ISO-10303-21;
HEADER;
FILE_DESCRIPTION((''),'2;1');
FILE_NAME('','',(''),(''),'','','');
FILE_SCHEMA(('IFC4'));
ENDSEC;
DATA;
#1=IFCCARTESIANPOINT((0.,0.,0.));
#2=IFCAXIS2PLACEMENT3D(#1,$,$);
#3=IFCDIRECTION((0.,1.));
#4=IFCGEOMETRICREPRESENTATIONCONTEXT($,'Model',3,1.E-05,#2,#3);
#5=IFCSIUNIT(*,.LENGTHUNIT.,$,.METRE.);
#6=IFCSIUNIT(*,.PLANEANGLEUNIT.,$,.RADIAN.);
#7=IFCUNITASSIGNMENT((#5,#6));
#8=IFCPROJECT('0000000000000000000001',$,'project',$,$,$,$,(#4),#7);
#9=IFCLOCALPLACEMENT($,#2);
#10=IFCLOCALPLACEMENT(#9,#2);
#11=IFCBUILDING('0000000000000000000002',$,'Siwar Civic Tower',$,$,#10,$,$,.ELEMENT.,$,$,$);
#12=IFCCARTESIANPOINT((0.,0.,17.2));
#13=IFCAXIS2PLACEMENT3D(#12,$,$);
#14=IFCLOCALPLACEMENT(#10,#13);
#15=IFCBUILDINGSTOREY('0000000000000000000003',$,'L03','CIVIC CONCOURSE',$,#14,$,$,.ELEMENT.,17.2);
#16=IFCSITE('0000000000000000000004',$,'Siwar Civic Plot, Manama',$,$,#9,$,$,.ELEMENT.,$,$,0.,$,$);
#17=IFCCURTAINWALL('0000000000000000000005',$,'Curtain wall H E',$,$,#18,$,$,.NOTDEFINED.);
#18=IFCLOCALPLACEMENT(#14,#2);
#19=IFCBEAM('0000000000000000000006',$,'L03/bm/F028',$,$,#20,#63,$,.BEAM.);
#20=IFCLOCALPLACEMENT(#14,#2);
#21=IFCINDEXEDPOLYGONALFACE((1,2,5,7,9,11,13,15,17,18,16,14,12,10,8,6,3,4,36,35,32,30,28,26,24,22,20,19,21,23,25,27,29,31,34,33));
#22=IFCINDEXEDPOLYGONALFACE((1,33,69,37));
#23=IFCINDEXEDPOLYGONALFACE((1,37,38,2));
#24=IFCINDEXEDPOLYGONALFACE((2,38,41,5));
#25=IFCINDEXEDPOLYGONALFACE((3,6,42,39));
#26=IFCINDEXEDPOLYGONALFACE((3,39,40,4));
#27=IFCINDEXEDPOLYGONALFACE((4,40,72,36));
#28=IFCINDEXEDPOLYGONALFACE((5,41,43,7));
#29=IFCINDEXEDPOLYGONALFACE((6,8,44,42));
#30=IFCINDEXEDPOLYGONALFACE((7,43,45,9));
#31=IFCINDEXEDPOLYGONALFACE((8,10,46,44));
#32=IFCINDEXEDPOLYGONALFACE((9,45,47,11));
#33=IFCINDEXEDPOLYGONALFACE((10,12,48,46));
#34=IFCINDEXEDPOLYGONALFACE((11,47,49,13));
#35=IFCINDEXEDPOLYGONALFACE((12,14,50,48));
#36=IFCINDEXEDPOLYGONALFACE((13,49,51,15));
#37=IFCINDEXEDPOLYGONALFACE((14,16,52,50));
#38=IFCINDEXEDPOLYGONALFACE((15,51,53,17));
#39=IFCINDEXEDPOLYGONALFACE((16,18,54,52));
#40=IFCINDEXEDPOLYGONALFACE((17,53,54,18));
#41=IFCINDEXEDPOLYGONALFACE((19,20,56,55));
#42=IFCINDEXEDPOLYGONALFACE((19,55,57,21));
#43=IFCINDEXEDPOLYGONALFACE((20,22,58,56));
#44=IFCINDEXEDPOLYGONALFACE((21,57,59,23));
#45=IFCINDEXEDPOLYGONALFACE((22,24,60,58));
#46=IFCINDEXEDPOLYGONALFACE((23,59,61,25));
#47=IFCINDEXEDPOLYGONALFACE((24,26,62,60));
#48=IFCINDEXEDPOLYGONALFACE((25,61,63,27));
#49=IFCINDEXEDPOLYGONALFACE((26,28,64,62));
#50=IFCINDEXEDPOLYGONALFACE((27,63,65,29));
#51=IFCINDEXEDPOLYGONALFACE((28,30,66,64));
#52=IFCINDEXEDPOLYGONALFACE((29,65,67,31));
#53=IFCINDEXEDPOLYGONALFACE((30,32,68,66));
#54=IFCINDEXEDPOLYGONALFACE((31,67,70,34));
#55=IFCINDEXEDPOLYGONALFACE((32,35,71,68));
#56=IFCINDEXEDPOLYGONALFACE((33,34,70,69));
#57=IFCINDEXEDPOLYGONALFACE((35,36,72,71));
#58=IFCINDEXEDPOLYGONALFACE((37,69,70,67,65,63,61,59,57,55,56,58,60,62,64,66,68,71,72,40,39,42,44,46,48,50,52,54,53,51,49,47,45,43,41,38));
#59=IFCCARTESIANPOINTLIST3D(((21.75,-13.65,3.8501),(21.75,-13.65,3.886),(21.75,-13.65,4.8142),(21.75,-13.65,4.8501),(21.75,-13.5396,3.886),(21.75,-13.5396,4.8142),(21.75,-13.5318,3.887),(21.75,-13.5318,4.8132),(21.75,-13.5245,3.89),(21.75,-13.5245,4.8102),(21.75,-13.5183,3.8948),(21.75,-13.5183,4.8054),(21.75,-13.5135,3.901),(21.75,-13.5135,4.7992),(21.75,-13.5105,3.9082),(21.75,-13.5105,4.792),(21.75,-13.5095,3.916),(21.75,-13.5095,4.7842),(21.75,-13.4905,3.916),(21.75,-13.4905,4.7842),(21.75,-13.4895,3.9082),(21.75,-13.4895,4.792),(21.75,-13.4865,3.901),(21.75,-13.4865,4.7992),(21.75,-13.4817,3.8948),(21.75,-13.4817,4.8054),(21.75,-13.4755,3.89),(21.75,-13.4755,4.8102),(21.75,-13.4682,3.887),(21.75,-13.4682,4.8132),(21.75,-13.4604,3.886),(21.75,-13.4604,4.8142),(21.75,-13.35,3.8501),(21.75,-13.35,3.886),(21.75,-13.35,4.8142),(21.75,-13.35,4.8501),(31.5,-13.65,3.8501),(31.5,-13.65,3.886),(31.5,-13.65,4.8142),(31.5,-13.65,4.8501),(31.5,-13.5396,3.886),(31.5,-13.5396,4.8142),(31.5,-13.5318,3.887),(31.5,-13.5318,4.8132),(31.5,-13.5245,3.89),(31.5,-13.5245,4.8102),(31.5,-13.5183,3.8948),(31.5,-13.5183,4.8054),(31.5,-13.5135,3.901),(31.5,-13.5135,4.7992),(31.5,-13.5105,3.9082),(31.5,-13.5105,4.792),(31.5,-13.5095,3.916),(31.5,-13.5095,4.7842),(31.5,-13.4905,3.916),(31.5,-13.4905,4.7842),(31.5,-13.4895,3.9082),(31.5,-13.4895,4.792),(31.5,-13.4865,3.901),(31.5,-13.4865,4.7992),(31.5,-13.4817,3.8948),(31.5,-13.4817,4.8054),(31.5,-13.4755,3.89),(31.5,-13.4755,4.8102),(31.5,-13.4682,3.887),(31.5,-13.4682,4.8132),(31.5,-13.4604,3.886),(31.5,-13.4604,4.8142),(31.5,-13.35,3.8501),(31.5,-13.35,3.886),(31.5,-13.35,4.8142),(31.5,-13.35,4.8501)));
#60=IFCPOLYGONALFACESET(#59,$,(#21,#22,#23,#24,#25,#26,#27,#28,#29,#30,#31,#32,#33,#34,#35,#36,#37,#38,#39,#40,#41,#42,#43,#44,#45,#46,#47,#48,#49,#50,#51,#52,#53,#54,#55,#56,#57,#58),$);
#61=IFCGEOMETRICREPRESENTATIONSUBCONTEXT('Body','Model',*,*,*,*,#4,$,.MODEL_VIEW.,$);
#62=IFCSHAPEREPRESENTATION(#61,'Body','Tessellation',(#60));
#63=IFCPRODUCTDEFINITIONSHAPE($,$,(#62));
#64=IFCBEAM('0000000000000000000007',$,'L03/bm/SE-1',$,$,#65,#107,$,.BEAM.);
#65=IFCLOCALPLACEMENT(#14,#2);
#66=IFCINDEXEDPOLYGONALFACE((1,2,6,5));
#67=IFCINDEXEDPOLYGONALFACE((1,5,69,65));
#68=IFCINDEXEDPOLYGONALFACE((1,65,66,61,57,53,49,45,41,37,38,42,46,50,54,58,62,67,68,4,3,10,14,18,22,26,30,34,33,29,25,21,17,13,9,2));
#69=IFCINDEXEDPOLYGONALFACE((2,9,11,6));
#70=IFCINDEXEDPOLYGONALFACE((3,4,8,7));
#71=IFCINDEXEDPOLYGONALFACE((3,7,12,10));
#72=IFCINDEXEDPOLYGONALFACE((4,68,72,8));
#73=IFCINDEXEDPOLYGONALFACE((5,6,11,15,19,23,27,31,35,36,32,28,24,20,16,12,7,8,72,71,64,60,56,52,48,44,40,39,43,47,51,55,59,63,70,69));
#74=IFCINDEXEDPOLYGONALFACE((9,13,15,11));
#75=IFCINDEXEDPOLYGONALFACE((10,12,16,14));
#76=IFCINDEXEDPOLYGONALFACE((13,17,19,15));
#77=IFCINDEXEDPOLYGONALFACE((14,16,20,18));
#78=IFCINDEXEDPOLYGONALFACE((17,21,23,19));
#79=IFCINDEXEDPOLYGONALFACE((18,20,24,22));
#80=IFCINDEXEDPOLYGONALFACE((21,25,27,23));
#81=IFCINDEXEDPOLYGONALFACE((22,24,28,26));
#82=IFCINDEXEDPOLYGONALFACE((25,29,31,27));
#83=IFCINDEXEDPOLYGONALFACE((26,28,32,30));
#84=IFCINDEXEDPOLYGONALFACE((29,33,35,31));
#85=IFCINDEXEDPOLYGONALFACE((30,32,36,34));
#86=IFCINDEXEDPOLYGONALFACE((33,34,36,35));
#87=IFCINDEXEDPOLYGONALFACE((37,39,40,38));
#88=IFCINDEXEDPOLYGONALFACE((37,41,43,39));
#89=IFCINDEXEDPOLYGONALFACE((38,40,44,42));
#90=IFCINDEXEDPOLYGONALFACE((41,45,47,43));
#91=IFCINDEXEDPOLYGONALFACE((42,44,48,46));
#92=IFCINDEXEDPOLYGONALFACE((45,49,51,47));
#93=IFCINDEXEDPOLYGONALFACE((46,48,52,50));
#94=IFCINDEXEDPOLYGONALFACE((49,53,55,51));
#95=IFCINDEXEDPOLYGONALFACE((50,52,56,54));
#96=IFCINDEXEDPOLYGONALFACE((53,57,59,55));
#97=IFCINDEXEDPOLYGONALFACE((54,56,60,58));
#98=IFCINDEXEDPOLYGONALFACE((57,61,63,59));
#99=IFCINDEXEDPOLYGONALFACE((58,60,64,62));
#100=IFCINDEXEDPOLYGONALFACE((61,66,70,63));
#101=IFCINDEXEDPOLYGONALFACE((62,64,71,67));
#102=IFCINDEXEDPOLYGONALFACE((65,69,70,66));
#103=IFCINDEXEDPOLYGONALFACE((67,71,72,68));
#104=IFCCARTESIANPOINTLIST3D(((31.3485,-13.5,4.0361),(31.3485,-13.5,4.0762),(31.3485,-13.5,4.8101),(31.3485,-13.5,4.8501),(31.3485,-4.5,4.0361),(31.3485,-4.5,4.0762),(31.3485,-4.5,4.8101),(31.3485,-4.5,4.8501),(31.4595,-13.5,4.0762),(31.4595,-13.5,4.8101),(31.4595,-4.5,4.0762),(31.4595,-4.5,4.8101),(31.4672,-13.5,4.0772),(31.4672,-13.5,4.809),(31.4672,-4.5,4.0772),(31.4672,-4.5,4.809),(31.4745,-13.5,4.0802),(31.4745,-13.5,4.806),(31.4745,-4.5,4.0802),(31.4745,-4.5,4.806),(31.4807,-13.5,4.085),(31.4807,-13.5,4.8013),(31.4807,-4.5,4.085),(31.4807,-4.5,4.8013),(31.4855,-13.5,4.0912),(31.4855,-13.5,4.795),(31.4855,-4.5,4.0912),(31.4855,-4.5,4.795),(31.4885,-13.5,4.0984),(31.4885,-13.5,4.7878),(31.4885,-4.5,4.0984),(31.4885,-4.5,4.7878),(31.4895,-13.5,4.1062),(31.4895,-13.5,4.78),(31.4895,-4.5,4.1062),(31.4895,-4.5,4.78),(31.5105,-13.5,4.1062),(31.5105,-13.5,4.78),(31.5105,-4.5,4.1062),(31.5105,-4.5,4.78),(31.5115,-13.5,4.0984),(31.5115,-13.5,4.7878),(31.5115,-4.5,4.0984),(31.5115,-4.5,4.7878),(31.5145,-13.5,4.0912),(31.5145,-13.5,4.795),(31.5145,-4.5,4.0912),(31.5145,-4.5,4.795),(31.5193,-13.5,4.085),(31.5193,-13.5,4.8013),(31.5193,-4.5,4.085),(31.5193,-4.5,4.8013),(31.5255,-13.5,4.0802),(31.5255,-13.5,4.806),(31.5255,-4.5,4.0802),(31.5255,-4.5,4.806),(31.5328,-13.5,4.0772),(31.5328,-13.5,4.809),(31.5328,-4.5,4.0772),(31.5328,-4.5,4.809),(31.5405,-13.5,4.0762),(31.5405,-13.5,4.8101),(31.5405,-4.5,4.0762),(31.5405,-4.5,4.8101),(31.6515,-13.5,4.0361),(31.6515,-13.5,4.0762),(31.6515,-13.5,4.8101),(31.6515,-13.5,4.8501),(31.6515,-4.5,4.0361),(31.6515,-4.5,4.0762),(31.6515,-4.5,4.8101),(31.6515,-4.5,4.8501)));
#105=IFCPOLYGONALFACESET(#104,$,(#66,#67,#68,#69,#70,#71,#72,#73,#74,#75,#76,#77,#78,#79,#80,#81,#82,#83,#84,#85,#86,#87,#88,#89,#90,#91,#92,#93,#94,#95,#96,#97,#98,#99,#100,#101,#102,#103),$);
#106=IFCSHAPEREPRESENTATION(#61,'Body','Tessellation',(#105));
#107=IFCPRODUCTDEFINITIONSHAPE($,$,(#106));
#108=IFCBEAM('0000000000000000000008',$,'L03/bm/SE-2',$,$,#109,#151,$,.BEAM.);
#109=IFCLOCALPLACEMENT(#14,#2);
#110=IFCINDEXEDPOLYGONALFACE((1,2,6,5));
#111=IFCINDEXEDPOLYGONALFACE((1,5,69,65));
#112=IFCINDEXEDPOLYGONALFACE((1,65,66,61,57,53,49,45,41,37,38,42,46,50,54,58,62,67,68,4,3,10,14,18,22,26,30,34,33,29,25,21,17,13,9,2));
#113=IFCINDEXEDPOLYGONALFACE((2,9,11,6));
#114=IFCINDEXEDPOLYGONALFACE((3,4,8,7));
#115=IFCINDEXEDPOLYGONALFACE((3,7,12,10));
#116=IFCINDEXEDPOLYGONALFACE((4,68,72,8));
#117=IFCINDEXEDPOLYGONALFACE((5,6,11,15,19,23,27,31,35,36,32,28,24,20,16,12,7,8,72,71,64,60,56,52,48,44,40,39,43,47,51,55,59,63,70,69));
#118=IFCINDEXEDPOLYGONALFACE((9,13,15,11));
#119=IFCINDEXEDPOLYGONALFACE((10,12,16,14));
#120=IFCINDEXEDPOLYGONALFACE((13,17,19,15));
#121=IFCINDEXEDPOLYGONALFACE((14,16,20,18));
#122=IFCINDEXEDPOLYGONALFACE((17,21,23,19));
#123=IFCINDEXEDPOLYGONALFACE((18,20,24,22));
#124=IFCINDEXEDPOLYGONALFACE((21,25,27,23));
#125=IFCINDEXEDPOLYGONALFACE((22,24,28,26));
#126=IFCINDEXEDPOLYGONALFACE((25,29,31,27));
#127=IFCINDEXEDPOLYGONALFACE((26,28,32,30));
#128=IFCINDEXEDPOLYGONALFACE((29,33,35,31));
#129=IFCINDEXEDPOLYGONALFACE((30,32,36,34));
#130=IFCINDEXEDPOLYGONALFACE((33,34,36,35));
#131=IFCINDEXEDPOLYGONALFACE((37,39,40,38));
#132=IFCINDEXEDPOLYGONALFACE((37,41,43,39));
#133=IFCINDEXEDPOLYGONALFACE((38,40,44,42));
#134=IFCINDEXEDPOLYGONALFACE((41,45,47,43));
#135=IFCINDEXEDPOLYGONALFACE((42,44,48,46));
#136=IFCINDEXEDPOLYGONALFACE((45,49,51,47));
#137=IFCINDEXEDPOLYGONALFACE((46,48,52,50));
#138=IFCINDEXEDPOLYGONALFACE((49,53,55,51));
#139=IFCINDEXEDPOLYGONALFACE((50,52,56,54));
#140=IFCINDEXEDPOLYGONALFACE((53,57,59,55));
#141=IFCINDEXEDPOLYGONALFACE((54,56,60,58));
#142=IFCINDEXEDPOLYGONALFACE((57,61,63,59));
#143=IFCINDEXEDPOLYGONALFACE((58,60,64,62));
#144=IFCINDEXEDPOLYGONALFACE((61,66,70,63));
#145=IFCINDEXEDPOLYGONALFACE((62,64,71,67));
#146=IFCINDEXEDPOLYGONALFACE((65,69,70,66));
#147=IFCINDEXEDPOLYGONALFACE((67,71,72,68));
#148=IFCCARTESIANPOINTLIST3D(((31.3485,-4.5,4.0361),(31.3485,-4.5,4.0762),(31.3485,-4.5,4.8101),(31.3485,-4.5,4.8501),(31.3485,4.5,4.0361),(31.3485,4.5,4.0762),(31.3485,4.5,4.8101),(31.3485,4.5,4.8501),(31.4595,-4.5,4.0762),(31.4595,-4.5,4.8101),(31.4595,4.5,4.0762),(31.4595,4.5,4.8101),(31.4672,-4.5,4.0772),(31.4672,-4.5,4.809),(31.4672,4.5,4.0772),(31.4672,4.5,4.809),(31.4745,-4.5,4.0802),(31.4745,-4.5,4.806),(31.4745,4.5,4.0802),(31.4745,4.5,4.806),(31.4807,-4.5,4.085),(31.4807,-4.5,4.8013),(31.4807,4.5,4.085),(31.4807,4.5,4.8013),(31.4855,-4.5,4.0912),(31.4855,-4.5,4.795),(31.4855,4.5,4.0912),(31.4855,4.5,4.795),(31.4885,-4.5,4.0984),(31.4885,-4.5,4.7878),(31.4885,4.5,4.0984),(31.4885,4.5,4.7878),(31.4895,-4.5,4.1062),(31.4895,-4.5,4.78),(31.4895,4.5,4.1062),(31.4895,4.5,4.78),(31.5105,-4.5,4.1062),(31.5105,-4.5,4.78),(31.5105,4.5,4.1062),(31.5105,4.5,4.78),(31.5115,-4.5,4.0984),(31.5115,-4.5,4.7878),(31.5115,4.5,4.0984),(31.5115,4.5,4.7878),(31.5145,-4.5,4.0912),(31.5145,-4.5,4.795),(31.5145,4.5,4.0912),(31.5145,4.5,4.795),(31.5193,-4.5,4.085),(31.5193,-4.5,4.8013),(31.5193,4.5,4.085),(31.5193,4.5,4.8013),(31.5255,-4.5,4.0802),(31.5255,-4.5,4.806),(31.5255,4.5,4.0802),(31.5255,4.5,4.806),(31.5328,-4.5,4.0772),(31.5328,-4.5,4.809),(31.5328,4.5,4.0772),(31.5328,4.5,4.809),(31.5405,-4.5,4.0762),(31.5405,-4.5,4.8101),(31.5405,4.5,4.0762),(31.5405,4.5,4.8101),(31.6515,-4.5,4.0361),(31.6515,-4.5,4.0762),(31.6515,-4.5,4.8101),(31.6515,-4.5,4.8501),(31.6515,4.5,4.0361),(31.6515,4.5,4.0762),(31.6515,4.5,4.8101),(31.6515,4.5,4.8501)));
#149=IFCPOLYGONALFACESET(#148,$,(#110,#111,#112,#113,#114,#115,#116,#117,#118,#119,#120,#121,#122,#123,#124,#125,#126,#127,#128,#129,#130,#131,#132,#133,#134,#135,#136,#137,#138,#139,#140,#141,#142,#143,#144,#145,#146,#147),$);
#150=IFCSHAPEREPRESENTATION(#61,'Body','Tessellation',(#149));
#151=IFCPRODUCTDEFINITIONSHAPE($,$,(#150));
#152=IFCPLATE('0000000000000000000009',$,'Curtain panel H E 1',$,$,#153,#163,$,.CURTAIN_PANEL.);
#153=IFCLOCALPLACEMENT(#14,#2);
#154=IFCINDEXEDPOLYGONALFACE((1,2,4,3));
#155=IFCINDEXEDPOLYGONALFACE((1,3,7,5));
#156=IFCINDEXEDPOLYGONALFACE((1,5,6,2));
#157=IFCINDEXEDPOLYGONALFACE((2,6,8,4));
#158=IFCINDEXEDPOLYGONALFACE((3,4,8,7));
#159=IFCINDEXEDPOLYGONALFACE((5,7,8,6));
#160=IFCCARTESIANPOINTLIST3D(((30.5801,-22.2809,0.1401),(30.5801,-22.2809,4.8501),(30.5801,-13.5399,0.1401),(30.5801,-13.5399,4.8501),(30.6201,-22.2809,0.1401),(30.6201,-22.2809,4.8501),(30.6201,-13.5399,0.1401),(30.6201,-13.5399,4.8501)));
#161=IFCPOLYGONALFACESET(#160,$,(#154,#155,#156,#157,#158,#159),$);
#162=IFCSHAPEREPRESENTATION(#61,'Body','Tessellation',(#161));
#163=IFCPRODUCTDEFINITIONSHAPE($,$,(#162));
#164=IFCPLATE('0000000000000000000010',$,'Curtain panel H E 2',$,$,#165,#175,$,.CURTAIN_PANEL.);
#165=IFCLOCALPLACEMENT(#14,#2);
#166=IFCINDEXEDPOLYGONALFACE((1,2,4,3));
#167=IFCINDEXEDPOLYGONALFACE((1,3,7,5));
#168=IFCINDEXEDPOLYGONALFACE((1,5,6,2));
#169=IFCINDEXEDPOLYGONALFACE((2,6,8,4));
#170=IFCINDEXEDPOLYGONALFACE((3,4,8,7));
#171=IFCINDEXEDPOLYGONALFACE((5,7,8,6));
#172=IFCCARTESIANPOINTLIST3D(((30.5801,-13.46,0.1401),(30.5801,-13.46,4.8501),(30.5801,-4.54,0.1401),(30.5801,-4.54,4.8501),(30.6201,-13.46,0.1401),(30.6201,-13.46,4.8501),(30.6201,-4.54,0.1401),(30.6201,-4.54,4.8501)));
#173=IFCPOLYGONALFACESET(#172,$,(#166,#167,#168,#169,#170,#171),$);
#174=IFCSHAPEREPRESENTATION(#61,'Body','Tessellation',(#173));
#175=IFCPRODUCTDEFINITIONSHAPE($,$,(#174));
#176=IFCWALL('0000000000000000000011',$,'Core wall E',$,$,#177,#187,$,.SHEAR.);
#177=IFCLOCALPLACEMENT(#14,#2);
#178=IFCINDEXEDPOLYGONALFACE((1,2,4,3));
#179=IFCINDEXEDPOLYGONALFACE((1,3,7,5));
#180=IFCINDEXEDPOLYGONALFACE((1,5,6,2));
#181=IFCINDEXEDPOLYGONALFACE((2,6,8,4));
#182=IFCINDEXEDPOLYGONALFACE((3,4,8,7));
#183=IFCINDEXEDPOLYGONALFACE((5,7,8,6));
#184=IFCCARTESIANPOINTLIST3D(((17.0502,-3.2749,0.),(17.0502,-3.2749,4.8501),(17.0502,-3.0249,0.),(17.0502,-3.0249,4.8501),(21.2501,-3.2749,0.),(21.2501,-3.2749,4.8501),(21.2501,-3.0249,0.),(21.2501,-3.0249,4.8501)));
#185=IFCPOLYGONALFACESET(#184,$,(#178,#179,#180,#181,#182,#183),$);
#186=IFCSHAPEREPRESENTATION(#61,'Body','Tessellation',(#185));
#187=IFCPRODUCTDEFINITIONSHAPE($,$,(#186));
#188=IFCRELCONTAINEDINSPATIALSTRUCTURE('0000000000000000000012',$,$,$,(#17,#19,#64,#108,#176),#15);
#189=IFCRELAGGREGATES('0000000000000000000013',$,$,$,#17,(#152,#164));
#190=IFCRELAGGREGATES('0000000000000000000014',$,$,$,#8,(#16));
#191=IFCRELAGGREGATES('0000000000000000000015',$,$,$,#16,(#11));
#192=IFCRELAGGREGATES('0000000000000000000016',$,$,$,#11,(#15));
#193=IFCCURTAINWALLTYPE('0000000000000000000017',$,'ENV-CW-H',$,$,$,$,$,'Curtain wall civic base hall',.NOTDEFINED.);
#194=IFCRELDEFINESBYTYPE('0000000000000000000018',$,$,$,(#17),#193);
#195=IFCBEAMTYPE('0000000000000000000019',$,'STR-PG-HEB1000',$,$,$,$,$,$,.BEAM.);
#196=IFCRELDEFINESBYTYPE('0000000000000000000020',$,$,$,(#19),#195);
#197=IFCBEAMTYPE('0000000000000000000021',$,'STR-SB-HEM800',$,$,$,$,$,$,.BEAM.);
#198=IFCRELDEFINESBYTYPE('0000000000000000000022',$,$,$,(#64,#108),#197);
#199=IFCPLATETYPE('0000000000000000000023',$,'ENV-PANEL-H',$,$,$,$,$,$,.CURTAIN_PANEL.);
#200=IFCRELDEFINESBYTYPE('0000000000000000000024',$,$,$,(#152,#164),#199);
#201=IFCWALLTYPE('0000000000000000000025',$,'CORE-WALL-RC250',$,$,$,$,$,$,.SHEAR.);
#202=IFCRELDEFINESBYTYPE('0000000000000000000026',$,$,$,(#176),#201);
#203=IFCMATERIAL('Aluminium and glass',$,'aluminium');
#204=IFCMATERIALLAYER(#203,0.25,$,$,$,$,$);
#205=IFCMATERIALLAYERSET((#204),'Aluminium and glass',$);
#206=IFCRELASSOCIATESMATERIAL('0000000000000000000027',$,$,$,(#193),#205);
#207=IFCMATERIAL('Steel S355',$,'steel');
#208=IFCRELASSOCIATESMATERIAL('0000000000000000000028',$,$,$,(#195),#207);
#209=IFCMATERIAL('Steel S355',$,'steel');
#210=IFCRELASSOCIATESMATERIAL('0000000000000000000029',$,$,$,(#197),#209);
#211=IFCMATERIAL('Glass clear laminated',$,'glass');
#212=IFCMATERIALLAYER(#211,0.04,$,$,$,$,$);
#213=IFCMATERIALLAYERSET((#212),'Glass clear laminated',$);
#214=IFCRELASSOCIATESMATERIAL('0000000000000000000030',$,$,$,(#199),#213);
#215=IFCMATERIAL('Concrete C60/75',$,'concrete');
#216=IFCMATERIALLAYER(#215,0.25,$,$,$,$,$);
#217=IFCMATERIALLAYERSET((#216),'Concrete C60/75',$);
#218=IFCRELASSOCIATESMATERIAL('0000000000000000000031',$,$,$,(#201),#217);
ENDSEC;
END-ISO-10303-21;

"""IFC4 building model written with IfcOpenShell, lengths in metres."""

from ifc_helpers import new_model, si_unit, direction, frame, frame_2d, origin, origin_2d, place, context, subcontext, project, spatial, rectangle, i_section, extrude, material, layer, layer_set, material_profile, profile_set, type_object, element, aggregate, save


model = new_model("IFC4")

# Units and contexts
model_context = context("Model", 3, precision=1e-05, world=origin(), true_north=direction((0.0, 1.0)))
body_context = subcontext(model_context, "Body", "Model", "MODEL_VIEW")
ifc_project = project(units=[si_unit("LENGTHUNIT", "METRE"), si_unit("PLANEANGLEUNIT", "RADIAN")], contexts=[model_context])

# Site, building, storey
site_placement = place(None, origin())
site = spatial("IfcSite", under=ifc_project, at=site_placement, Name="Siwar Civic Plot, Manama", CompositionType="ELEMENT", RefElevation=0.0)
building_placement = place(site_placement, origin())
building = spatial("IfcBuilding", under=site, at=building_placement, Name="Siwar Civic Tower", CompositionType="ELEMENT")
storey_placement = place(building_placement, frame((0.0, 0.0, 17.2)))
storey = spatial("IfcBuildingStorey", under=building, at=storey_placement, Name="L03", Description="CIVIC CONCOURSE", CompositionType="ELEMENT", Elevation=17.2)

# Curtain wall
ifc_material_1 = material(Name="Aluminium and glass", Category="aluminium")
ifc_layer_1 = layer(ifc_material_1, 0.25)
ifc_layer_set_1 = layer_set([ifc_layer_1], Name="Aluminium and glass")
curtain_wall_type = type_object("IfcCurtainWallType", Name="ENV-CW-H", ElementType="Curtain wall civic base hall", PredefinedType="NOTDEFINED", material=ifc_layer_set_1)
curtain_wall_placement = place(storey_placement, origin())
curtain_wall = element("IfcCurtainWall", 1, at=curtain_wall_placement, inside=storey, type_object=curtain_wall_type, Name="Curtain wall H E", PredefinedType="NOTDEFINED")

# Beams
ifc_material_2 = material(Name="Steel S355", Category="steel")
ifc_material_profile_1 = material_profile(ifc_material_2, i_section(OverallWidth=0.3, OverallDepth=1.0, WebThickness=0.019, FlangeThickness=0.0359, FilletRadius=0.03, at=origin_2d()), Name="HEB1000")
ifc_profile_set_1 = profile_set([ifc_material_profile_1], Name="Steel S355")
beam_type_1 = type_object("IfcBeamType", Name="STR-PG-HEB1000", PredefinedType="BEAM", material=ifc_profile_set_1)
beam_1_placement = place(storey_placement, frame((21.75, -13.5, 4.3501), z_axis=(1.0, 0.0, 0.0), x_axis=(0.0, 1.0, 0.0)))
element("IfcBeam", 2, at=beam_1_placement, inside=storey, type_object=beam_type_1, Name="L03/bm/F028", PredefinedType="BEAM", context=body_context, shape_type="SweptSolid", body=[
    extrude(i_section(OverallWidth=0.3, OverallDepth=1.0, WebThickness=0.019, FlangeThickness=0.0359, FilletRadius=0.03, at=origin_2d()), origin(), (0.0, 0.0, 1.0), 9.75),
])
ifc_material_3 = material(Name="Steel S355", Category="steel")
ifc_material_profile_2 = material_profile(ifc_material_3, i_section(OverallWidth=0.303, OverallDepth=0.814, WebThickness=0.021, FlangeThickness=0.04, FilletRadius=0.03, at=origin_2d()), Name="HEM800")
ifc_profile_set_2 = profile_set([ifc_material_profile_2], Name="Steel S355")
beam_type_2 = type_object("IfcBeamType", Name="STR-SB-HEM800", PredefinedType="BEAM", material=ifc_profile_set_2)
for number, where, z_axis, x_axis, name in (
    (3, (31.5, -13.5, 4.4431), (0.0, 1.0, 0.0), (-1.0, 0.0, 0.0), "L03/bm/SE-1"),
    (4, (31.5, -4.5, 4.4431), (0.0, 1.0, 0.0), (-1.0, 0.0, 0.0), "L03/bm/SE-2"),
):
    element("IfcBeam", number, at=place(storey_placement, frame(where, z_axis=z_axis, x_axis=x_axis)), inside=storey, type_object=beam_type_2, Name=name, PredefinedType="BEAM", context=body_context, shape_type="SweptSolid", body=[
        extrude(i_section(OverallWidth=0.303, OverallDepth=0.814, WebThickness=0.021, FlangeThickness=0.04, FilletRadius=0.03, at=origin_2d()), origin(), (0.0, 0.0, 1.0), 9.0),
    ])

# Plates
ifc_material_4 = material(Name="Glass clear laminated", Category="glass")
ifc_layer_2 = layer(ifc_material_4, 0.04)
ifc_layer_set_2 = layer_set([ifc_layer_2], Name="Glass clear laminated")
plate_type = type_object("IfcPlateType", Name="ENV-PANEL-H", PredefinedType="CURTAIN_PANEL", material=ifc_layer_set_2)
plate_1_placement = place(storey_placement, frame((30.6001, -17.9104, 0.1401), z_axis=(0.0, 0.0, 1.0), x_axis=(0.0, 1.0, 0.0)))
plate_1 = element("IfcPlate", 5, at=plate_1_placement, type_object=plate_type, Name="Curtain panel H E 1", PredefinedType="CURTAIN_PANEL", context=body_context, shape_type="SweptSolid", body=[
    extrude(rectangle(XDim=8.741, YDim=0.04, at=origin_2d()), origin(), (0.0, 0.0, 1.0), 4.71),
])
plate_2_placement = place(storey_placement, frame((30.6001, -9.0, 0.1401), z_axis=(0.0, 0.0, 1.0), x_axis=(0.0, 1.0, 0.0)))
plate_2 = element("IfcPlate", 6, at=plate_2_placement, type_object=plate_type, Name="Curtain panel H E 2", PredefinedType="CURTAIN_PANEL", context=body_context, shape_type="SweptSolid", body=[
    extrude(rectangle(XDim=8.9199, YDim=0.04, at=origin_2d()), origin(), (0.0, 0.0, 1.0), 4.71),
])
aggregate(curtain_wall, [plate_1, plate_2])

# Wall
ifc_material_5 = material(Name="Concrete C60/75", Category="concrete")
ifc_layer_3 = layer(ifc_material_5, 0.25)
ifc_layer_set_3 = layer_set([ifc_layer_3], Name="Concrete C60/75")
wall_type_1 = type_object("IfcWallType", Name="CORE-WALL-RC250", PredefinedType="SHEAR", material=ifc_layer_set_3)
wall_1_placement = place(storey_placement, frame((17.05, -3.1499, 0.0), z_axis=(0.0, 0.0, 1.0), x_axis=(1.0, 0.0, 0.0)))
element("IfcWall", 7, at=wall_1_placement, inside=storey, type_object=wall_type_1, Name="Core wall E", PredefinedType="SHEAR", context=body_context, shape_type="SweptSolid", body=[
    extrude(rectangle(XDim=4.2, YDim=0.25, at=frame_2d((2.1001, 0.0))), origin(), (0.0, 0.0, 1.0), 4.8501),
])

save(model, "model.ifc")
